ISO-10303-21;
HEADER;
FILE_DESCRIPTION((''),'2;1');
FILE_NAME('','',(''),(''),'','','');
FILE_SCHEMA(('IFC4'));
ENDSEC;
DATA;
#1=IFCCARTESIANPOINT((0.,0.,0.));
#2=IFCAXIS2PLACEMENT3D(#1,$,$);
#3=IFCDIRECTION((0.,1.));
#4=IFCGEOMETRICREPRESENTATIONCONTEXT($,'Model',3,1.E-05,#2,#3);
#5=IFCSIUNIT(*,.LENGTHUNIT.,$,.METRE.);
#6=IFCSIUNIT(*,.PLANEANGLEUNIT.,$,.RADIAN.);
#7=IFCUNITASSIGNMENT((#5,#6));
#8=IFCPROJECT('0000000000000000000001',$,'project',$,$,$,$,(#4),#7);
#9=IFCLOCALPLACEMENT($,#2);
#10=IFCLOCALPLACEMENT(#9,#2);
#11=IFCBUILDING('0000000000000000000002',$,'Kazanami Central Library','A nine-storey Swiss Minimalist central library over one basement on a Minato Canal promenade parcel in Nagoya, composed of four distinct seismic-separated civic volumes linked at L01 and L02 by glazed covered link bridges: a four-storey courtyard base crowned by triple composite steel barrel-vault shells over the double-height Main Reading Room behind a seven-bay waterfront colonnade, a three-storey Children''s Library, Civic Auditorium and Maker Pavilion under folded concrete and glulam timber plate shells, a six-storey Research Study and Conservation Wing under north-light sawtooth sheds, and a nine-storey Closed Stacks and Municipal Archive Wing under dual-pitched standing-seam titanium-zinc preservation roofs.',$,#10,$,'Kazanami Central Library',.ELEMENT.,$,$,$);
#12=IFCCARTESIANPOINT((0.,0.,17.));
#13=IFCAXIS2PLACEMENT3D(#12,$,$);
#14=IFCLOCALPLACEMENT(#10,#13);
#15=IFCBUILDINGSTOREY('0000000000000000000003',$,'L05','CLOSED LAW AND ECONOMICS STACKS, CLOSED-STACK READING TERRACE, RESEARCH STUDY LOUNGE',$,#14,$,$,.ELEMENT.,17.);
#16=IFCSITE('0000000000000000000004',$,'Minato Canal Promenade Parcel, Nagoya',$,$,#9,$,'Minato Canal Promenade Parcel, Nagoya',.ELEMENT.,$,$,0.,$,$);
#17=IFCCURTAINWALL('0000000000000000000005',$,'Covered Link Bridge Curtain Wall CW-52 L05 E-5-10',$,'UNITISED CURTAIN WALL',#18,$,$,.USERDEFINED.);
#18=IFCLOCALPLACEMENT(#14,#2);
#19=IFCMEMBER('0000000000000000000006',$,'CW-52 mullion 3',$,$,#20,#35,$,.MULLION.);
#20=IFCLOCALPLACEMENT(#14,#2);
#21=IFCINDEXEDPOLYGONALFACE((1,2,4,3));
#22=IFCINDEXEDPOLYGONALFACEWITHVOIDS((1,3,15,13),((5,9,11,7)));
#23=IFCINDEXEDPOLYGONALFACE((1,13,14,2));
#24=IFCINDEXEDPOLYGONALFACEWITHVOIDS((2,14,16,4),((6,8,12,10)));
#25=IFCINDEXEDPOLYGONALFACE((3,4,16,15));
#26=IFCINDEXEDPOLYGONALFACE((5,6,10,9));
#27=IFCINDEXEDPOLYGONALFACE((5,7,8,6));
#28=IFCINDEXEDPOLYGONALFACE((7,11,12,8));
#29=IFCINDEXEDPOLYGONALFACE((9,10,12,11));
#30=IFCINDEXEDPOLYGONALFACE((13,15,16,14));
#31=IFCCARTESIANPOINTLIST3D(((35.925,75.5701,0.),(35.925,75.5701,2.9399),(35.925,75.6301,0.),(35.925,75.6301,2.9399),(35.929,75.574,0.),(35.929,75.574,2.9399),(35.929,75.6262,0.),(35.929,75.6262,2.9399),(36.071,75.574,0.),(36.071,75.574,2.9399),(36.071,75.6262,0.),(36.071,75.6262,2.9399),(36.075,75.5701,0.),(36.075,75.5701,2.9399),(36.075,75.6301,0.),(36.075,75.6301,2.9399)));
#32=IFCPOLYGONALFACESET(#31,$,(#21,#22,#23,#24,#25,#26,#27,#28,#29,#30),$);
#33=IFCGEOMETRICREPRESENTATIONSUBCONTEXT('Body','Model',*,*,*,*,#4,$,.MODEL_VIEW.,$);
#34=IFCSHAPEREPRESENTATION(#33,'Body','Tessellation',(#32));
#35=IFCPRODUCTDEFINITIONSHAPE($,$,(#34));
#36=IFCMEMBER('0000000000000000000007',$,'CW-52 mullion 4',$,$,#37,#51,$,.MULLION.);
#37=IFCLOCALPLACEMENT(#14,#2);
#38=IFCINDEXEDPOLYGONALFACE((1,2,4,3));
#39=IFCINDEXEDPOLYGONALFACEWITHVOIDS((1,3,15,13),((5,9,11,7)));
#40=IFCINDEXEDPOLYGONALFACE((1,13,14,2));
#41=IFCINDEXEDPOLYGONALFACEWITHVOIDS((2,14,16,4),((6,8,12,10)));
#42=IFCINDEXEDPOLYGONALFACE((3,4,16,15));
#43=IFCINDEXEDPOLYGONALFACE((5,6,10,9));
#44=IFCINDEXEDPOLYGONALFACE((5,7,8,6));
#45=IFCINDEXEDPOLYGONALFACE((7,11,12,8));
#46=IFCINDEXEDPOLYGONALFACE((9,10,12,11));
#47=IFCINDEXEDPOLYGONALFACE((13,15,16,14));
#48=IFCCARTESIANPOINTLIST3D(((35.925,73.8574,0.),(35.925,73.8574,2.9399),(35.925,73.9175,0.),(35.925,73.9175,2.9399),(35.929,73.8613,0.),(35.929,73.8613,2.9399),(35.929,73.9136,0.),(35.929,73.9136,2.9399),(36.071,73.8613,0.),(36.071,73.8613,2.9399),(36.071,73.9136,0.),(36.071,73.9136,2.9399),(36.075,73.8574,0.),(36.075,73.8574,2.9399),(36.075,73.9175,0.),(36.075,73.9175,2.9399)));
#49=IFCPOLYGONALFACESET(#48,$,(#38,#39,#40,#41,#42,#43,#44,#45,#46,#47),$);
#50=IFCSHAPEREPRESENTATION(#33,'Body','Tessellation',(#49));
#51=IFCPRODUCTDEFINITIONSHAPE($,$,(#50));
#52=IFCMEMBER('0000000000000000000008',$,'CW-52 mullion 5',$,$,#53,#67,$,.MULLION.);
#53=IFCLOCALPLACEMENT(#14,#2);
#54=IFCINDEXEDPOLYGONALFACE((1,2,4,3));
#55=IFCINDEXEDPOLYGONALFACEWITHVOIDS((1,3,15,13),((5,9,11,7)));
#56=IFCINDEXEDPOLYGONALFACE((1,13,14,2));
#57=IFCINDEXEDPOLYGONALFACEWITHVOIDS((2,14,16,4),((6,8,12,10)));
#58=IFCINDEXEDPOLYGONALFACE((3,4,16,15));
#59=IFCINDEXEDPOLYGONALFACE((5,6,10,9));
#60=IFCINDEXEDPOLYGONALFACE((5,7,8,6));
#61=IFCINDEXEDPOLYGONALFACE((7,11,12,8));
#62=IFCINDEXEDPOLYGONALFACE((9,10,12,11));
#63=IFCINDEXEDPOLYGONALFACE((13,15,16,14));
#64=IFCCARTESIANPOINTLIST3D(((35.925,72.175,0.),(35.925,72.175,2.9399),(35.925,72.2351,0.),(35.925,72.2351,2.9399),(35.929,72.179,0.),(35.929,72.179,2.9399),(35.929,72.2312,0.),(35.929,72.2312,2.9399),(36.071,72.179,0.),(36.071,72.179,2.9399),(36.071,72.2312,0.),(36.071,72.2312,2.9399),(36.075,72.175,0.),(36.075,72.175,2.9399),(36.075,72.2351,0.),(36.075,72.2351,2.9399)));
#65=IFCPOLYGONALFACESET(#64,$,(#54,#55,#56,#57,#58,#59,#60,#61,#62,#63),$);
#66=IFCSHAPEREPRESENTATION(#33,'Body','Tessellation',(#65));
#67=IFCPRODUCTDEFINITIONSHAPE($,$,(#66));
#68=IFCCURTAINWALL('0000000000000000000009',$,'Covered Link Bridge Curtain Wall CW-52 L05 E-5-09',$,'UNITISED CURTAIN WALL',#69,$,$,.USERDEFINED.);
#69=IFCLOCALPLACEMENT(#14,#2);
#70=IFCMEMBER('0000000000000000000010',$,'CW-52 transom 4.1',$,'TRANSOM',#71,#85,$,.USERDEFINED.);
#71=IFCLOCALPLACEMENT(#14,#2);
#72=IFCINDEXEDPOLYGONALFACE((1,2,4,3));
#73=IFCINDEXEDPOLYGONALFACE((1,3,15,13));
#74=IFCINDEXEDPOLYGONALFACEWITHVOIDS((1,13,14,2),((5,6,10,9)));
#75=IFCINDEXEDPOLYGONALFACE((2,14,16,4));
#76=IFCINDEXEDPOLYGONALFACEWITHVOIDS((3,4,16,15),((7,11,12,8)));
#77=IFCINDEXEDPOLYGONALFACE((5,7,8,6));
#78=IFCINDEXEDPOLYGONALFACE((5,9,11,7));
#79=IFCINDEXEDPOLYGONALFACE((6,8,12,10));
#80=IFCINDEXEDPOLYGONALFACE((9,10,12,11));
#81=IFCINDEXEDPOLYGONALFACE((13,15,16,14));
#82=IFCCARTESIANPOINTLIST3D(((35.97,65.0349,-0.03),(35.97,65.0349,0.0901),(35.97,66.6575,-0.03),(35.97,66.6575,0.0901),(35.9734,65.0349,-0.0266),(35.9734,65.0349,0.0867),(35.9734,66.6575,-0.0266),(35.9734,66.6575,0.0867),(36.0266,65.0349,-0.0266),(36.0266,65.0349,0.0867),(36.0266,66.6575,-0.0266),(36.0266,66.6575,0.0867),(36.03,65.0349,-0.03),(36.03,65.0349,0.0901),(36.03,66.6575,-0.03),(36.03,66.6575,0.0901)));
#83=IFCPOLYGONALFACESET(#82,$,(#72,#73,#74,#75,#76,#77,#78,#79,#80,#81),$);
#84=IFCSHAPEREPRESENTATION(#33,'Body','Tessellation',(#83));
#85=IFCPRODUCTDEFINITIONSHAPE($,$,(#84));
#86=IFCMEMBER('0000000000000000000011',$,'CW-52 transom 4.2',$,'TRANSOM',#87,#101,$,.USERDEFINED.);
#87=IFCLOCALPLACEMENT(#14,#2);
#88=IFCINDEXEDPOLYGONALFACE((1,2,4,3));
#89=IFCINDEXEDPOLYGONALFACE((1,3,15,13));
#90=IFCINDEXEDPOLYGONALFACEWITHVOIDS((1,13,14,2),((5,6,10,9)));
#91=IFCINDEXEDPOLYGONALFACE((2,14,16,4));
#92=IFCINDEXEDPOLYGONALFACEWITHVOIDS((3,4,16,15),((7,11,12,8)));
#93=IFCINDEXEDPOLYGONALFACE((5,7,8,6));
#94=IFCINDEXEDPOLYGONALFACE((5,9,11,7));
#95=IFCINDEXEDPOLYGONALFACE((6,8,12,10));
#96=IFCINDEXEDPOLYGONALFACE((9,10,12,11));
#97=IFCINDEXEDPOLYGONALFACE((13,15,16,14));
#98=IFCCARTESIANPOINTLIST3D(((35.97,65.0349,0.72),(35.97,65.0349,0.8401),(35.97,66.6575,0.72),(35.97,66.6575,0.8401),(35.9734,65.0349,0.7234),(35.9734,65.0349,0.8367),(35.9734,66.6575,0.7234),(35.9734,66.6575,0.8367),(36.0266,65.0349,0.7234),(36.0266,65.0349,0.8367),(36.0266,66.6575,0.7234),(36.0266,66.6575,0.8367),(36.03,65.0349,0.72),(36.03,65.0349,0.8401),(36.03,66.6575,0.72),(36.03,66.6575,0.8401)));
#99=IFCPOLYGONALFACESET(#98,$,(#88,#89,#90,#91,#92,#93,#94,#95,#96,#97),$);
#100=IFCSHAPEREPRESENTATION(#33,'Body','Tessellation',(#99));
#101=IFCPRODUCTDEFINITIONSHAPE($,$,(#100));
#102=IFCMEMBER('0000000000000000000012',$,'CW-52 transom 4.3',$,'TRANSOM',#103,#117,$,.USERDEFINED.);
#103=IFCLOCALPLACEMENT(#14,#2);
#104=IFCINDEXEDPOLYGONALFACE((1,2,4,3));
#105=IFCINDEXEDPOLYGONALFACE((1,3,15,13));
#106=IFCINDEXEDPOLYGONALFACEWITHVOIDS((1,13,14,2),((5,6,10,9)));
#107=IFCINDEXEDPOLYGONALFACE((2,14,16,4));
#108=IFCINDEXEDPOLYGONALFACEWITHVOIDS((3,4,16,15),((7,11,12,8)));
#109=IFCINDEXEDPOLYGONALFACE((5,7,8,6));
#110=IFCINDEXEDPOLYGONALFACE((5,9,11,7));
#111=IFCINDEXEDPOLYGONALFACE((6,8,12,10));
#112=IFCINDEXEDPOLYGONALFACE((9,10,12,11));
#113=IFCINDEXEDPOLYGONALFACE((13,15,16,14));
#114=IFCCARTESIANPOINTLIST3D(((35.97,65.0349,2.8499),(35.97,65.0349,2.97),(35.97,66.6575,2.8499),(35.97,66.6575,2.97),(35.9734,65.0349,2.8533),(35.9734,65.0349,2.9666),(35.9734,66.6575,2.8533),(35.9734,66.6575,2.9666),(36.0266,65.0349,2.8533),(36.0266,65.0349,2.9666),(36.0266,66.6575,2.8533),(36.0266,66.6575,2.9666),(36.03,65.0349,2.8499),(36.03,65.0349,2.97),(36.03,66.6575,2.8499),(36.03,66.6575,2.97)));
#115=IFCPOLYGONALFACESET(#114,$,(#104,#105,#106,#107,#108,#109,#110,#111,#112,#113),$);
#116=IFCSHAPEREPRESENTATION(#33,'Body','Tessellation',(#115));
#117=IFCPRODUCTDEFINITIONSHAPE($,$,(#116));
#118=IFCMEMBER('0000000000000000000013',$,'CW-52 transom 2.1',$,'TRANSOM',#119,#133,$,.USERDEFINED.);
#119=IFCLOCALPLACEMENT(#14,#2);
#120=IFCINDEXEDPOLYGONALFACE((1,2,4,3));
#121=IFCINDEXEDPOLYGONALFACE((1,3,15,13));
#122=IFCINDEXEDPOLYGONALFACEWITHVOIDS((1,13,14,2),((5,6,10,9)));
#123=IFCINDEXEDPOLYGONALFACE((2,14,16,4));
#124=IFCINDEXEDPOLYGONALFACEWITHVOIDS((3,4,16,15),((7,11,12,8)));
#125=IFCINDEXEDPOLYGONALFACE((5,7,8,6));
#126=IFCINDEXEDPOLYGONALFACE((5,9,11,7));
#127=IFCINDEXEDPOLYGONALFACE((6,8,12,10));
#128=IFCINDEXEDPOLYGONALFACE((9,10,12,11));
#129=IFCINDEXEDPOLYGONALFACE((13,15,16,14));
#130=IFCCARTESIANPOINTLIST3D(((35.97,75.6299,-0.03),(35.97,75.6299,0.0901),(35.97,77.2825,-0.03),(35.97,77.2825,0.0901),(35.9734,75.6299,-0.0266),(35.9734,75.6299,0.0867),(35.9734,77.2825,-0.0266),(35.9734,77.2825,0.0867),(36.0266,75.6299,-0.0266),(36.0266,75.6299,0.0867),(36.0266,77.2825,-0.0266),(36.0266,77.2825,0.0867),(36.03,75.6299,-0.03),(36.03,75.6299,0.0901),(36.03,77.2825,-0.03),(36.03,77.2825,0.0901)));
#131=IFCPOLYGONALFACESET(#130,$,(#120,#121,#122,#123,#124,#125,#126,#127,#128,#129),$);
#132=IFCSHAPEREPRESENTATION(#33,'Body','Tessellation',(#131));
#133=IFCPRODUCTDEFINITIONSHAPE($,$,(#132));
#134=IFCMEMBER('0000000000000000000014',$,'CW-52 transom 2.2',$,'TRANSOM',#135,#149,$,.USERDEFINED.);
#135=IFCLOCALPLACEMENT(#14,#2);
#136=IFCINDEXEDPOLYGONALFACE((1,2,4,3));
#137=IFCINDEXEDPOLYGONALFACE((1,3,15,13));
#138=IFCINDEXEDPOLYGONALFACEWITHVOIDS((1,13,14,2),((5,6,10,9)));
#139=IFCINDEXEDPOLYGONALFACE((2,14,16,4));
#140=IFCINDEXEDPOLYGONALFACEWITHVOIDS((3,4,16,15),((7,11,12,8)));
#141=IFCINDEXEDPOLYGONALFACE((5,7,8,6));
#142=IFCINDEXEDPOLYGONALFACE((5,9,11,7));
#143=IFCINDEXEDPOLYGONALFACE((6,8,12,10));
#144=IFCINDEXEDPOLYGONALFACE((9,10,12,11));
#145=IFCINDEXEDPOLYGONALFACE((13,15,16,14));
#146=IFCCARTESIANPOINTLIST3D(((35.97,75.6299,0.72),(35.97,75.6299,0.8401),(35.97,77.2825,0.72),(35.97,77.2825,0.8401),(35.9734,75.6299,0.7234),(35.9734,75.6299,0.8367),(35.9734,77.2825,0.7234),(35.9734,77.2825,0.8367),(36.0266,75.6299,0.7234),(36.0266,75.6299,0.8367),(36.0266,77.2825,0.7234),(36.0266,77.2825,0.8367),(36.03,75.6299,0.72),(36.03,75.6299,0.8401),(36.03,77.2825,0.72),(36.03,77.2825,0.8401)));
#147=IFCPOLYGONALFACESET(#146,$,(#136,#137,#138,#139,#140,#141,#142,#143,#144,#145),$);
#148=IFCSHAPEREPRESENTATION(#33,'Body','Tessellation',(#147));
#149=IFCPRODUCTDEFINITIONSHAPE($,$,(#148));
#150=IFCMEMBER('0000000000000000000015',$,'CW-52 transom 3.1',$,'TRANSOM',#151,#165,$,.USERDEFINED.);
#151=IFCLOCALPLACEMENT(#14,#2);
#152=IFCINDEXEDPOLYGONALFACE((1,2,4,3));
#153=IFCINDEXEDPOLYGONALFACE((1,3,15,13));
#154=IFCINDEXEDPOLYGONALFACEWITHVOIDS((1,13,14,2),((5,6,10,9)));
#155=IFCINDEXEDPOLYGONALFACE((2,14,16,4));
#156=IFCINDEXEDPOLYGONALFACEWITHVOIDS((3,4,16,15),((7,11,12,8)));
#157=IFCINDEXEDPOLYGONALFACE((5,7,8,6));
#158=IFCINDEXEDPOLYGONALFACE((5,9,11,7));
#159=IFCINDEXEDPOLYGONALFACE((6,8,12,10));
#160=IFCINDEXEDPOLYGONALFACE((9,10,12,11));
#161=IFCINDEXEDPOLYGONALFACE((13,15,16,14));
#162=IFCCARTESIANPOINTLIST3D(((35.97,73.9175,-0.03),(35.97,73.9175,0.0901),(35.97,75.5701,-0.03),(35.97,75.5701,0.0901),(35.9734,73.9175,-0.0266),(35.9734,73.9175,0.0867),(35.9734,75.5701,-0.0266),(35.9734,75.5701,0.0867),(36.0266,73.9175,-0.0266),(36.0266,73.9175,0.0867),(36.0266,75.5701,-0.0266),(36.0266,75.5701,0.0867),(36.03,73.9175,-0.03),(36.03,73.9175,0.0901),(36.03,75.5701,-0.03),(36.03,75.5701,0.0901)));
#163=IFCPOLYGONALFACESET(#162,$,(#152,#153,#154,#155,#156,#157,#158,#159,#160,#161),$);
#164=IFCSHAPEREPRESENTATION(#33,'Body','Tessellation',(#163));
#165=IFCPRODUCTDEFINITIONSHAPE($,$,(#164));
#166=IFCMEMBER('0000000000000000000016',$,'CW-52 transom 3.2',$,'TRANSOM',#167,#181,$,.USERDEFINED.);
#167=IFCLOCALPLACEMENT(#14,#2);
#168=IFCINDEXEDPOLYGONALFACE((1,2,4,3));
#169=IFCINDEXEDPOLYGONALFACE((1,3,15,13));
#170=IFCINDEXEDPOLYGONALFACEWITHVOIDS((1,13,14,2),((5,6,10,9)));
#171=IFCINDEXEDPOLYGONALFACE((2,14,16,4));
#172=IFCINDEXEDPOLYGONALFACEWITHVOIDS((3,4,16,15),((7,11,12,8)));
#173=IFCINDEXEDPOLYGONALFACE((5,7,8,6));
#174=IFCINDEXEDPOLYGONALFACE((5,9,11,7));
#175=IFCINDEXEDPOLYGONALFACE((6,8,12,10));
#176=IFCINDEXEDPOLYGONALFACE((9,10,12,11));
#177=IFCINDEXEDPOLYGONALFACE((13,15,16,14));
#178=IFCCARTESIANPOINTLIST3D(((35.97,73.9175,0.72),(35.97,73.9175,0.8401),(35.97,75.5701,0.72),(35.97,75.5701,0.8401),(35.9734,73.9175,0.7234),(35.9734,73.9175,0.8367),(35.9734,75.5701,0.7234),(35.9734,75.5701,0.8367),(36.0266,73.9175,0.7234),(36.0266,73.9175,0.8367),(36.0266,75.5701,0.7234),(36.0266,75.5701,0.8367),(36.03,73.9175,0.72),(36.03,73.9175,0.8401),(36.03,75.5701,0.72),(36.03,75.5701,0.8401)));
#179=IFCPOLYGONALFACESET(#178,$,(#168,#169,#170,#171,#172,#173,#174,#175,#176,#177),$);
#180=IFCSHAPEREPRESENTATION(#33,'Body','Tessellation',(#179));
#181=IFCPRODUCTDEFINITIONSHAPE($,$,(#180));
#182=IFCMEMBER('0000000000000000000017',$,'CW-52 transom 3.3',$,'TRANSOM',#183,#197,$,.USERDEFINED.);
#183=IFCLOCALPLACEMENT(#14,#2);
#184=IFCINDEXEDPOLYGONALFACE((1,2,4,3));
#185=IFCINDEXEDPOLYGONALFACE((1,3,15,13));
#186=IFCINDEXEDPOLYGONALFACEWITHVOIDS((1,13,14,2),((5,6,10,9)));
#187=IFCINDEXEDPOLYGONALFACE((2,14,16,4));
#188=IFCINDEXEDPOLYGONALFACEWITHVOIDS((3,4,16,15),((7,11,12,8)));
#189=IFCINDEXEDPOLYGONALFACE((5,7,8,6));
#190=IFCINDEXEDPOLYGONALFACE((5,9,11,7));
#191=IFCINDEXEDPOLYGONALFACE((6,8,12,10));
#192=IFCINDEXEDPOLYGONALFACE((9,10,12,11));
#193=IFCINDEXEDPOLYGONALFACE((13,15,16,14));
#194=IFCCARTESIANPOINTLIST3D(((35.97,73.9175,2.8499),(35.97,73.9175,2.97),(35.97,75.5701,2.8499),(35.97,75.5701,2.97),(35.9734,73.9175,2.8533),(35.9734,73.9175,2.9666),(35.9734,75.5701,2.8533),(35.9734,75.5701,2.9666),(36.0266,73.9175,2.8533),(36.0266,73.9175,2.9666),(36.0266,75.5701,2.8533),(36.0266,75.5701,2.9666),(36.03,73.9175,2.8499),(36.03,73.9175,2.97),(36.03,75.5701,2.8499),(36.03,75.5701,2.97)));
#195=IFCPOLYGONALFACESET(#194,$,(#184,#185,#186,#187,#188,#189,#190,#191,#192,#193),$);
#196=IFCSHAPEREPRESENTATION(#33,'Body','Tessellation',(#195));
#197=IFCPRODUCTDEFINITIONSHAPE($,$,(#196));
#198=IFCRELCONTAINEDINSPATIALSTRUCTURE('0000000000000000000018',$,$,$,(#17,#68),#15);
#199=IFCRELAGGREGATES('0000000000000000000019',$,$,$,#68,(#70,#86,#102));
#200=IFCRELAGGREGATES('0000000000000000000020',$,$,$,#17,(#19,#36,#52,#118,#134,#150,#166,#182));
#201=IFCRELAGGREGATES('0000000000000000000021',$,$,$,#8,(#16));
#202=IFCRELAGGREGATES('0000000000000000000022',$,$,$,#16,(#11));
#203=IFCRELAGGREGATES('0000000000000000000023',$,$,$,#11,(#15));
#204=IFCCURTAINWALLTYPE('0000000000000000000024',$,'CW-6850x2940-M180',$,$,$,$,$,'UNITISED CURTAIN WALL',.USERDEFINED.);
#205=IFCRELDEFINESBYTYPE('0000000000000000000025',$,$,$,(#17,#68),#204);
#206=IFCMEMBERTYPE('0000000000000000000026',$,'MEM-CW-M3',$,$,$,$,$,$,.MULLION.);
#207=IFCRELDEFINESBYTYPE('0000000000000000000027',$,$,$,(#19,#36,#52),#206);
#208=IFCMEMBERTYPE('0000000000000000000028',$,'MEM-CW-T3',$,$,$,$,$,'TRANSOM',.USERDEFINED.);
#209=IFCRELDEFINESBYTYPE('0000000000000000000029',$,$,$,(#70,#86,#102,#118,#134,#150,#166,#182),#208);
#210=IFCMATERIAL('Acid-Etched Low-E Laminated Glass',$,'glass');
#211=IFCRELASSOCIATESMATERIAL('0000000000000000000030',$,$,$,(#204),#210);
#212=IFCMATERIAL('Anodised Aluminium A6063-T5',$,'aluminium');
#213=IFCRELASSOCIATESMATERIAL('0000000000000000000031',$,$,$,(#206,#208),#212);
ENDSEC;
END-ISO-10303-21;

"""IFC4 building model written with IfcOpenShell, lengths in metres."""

from ifc_helpers import new_model, si_unit, direction, frame, origin, origin_2d, place, context, subcontext, project, spatial, hollow_rectangle, extrude, material, material_profile, profile_set, type_object, element, aggregate, save


model = new_model("IFC4")

# Units and contexts
model_context = context("Model", 3, precision=1e-05, world=origin(), true_north=direction((0.0, 1.0)))
body_context = subcontext(model_context, "Body", "Model", "MODEL_VIEW")
ifc_project = project(units=[si_unit("LENGTHUNIT", "METRE"), si_unit("PLANEANGLEUNIT", "RADIAN")], contexts=[model_context])

# Site, building, storey
site_placement = place(None, origin())
site = spatial("IfcSite", under=ifc_project, at=site_placement, Name="Minato Canal Promenade Parcel, Nagoya", LongName="Minato Canal Promenade Parcel, Nagoya", CompositionType="ELEMENT", RefElevation=0.0)
building_placement = place(site_placement, origin())
building = spatial("IfcBuilding", under=site, at=building_placement, Name="Kazanami Central Library", Description="A nine-storey Swiss Minimalist central library over one basement on a Minato Canal promenade parcel in Nagoya, composed of four distinct seismic-separated civic volumes linked at L01 and L02 by glazed covered link bridges: a four-storey courtyard base crowned by triple composite steel barrel-vault shells over the double-height Main Reading Room behind a seven-bay waterfront colonnade, a three-storey Children's Library, Civic Auditorium and Maker Pavilion under folded concrete and glulam timber plate shells, a six-storey Research Study and Conservation Wing under north-light sawtooth sheds, and a nine-storey Closed Stacks and Municipal Archive Wing under dual-pitched standing-seam titanium-zinc preservation roofs.", LongName="Kazanami Central Library", CompositionType="ELEMENT")
storey_placement = place(building_placement, frame((0.0, 0.0, 17.0)))
storey = spatial("IfcBuildingStorey", under=building, at=storey_placement, Name="L05", Description="CLOSED LAW AND ECONOMICS STACKS, CLOSED-STACK READING TERRACE, RESEARCH STUDY LOUNGE", CompositionType="ELEMENT", Elevation=17.0)

# Curtain walls, members
ifc_material_1 = material(Name="Acid-Etched Low-E Laminated Glass", Category="glass")
curtain_wall_type = type_object("IfcCurtainWallType", Name="CW-6850x2940-M180", ElementType="UNITISED CURTAIN WALL", PredefinedType="USERDEFINED", material=ifc_material_1)
curtain_wall_1_placement = place(storey_placement, origin())
curtain_wall_1 = element("IfcCurtainWall", 1, at=curtain_wall_1_placement, inside=storey, type_object=curtain_wall_type, Name="Covered Link Bridge Curtain Wall CW-52 L05 E-5-10", ObjectType="UNITISED CURTAIN WALL", PredefinedType="USERDEFINED")
ifc_material_2 = material(Name="Anodised Aluminium A6063-T5", Category="aluminium")
ifc_material_profile_1 = material_profile(ifc_material_2, hollow_rectangle(XDim=0.0601, YDim=0.1499, WallThickness=0.0039, at=origin_2d()), Name="ALU-MULL-60x150x4")
ifc_profile_set_1 = profile_set([ifc_material_profile_1], Name="Anodised Aluminium A6063-T5")
member_type_1 = type_object("IfcMemberType", Name="MEM-CW-M3", PredefinedType="MULLION", material=ifc_profile_set_1)
member_1_placement = place(storey_placement, frame((36.0, 75.6001, 0.0), z_axis=(0.0, 0.0, 1.0), x_axis=(0.0, -1.0, 0.0)))
member_1 = element("IfcMember", 2, at=member_1_placement, type_object=member_type_1, Name="CW-52 mullion 3", PredefinedType="MULLION", context=body_context, shape_type="SweptSolid", body=[
    extrude(hollow_rectangle(XDim=0.0601, YDim=0.1499, WallThickness=0.0039, at=origin_2d()), origin(), (0.0, 0.0, 1.0), 2.9399),
])
member_2_placement = place(storey_placement, frame((36.0, 73.8875, 0.0), z_axis=(0.0, 0.0, 1.0), x_axis=(0.0, -1.0, 0.0)))
member_2 = element("IfcMember", 3, at=member_2_placement, type_object=member_type_1, Name="CW-52 mullion 4", PredefinedType="MULLION", context=body_context, shape_type="SweptSolid", body=[
    extrude(hollow_rectangle(XDim=0.0601, YDim=0.1499, WallThickness=0.0039, at=origin_2d()), origin(), (0.0, 0.0, 1.0), 2.9399),
])
member_3_placement = place(storey_placement, frame((36.0, 72.2051, 0.0), z_axis=(0.0, 0.0, 1.0), x_axis=(0.0, -1.0, 0.0)))
member_3 = element("IfcMember", 4, at=member_3_placement, type_object=member_type_1, Name="CW-52 mullion 5", PredefinedType="MULLION", context=body_context, shape_type="SweptSolid", body=[
    extrude(hollow_rectangle(XDim=0.0601, YDim=0.1499, WallThickness=0.0039, at=origin_2d()), origin(), (0.0, 0.0, 1.0), 2.9399),
])
curtain_wall_2_placement = place(storey_placement, origin())
curtain_wall_2 = element("IfcCurtainWall", 5, at=curtain_wall_2_placement, inside=storey, type_object=curtain_wall_type, Name="Covered Link Bridge Curtain Wall CW-52 L05 E-5-09", ObjectType="UNITISED CURTAIN WALL", PredefinedType="USERDEFINED")
ifc_material_profile_2 = material_profile(ifc_material_2, hollow_rectangle(XDim=0.0601, YDim=0.1201, WallThickness=0.0034, at=origin_2d()), Name="ALU-TRAN-60x120x3.5")
ifc_profile_set_2 = profile_set([ifc_material_profile_2], Name="Anodised Aluminium A6063-T5")
member_type_2 = type_object("IfcMemberType", Name="MEM-CW-T3", ElementType="TRANSOM", PredefinedType="USERDEFINED", material=ifc_profile_set_2)
member_4_placement = place(storey_placement, frame((36.0, 66.6575, 0.03), z_axis=(0.0, -1.0, 0.0), x_axis=(1.0, 0.0, 0.0)))
member_4 = element("IfcMember", 6, at=member_4_placement, type_object=member_type_2, Name="CW-52 transom 4.1", ObjectType="TRANSOM", PredefinedType="USERDEFINED", context=body_context, shape_type="SweptSolid", body=[
    extrude(hollow_rectangle(XDim=0.0601, YDim=0.1201, WallThickness=0.0034, at=origin_2d()), origin(), (0.0, 0.0, 1.0), 1.6226),
])
member_5_placement = place(storey_placement, frame((36.0, 66.6575, 0.78), z_axis=(0.0, -1.0, 0.0), x_axis=(1.0, 0.0, 0.0)))
member_5 = element("IfcMember", 7, at=member_5_placement, type_object=member_type_2, Name="CW-52 transom 4.2", ObjectType="TRANSOM", PredefinedType="USERDEFINED", context=body_context, shape_type="SweptSolid", body=[
    extrude(hollow_rectangle(XDim=0.0601, YDim=0.1201, WallThickness=0.0034, at=origin_2d()), origin(), (0.0, 0.0, 1.0), 1.6226),
])
member_6_placement = place(storey_placement, frame((36.0, 66.6575, 2.9099), z_axis=(0.0, -1.0, 0.0), x_axis=(1.0, 0.0, 0.0)))
member_6 = element("IfcMember", 8, at=member_6_placement, type_object=member_type_2, Name="CW-52 transom 4.3", ObjectType="TRANSOM", PredefinedType="USERDEFINED", context=body_context, shape_type="SweptSolid", body=[
    extrude(hollow_rectangle(XDim=0.0601, YDim=0.1201, WallThickness=0.0034, at=origin_2d()), origin(), (0.0, 0.0, 1.0), 1.6226),
])

# Members
member_7_placement = place(storey_placement, frame((36.0, 77.2825, 0.03), z_axis=(0.0, -1.0, 0.0), x_axis=(1.0, 0.0, 0.0)))
member_7 = element("IfcMember", 9, at=member_7_placement, type_object=member_type_2, Name="CW-52 transom 2.1", ObjectType="TRANSOM", PredefinedType="USERDEFINED", context=body_context, shape_type="SweptSolid", body=[
    extrude(hollow_rectangle(XDim=0.0601, YDim=0.1201, WallThickness=0.0034, at=origin_2d()), origin(), (0.0, 0.0, 1.0), 1.6526),
])
member_8_placement = place(storey_placement, frame((36.0, 77.2825, 0.78), z_axis=(0.0, -1.0, 0.0), x_axis=(1.0, 0.0, 0.0)))
member_8 = element("IfcMember", 10, at=member_8_placement, type_object=member_type_2, Name="CW-52 transom 2.2", ObjectType="TRANSOM", PredefinedType="USERDEFINED", context=body_context, shape_type="SweptSolid", body=[
    extrude(hollow_rectangle(XDim=0.0601, YDim=0.1201, WallThickness=0.0034, at=origin_2d()), origin(), (0.0, 0.0, 1.0), 1.6526),
])
member_9_placement = place(storey_placement, frame((36.0, 75.5701, 0.03), z_axis=(0.0, -1.0, 0.0), x_axis=(1.0, 0.0, 0.0)))
member_9 = element("IfcMember", 11, at=member_9_placement, type_object=member_type_2, Name="CW-52 transom 3.1", ObjectType="TRANSOM", PredefinedType="USERDEFINED", context=body_context, shape_type="SweptSolid", body=[
    extrude(hollow_rectangle(XDim=0.0601, YDim=0.1201, WallThickness=0.0034, at=origin_2d()), origin(), (0.0, 0.0, 1.0), 1.6526),
])
member_10_placement = place(storey_placement, frame((36.0, 75.5701, 0.78), z_axis=(0.0, -1.0, 0.0), x_axis=(1.0, 0.0, 0.0)))
member_10 = element("IfcMember", 12, at=member_10_placement, type_object=member_type_2, Name="CW-52 transom 3.2", ObjectType="TRANSOM", PredefinedType="USERDEFINED", context=body_context, shape_type="SweptSolid", body=[
    extrude(hollow_rectangle(XDim=0.0601, YDim=0.1201, WallThickness=0.0034, at=origin_2d()), origin(), (0.0, 0.0, 1.0), 1.6526),
])
member_11_placement = place(storey_placement, frame((36.0, 75.5701, 2.9099), z_axis=(0.0, -1.0, 0.0), x_axis=(1.0, 0.0, 0.0)))
member_11 = element("IfcMember", 13, at=member_11_placement, type_object=member_type_2, Name="CW-52 transom 3.3", ObjectType="TRANSOM", PredefinedType="USERDEFINED", context=body_context, shape_type="SweptSolid", body=[
    extrude(hollow_rectangle(XDim=0.0601, YDim=0.1201, WallThickness=0.0034, at=origin_2d()), origin(), (0.0, 0.0, 1.0), 1.6526),
])

aggregate(curtain_wall_2, [member_4, member_5, member_6])
aggregate(curtain_wall_1, [member_1, member_2, member_3, member_7, member_8, member_9, member_10, member_11])

save(model, "model.ifc")
